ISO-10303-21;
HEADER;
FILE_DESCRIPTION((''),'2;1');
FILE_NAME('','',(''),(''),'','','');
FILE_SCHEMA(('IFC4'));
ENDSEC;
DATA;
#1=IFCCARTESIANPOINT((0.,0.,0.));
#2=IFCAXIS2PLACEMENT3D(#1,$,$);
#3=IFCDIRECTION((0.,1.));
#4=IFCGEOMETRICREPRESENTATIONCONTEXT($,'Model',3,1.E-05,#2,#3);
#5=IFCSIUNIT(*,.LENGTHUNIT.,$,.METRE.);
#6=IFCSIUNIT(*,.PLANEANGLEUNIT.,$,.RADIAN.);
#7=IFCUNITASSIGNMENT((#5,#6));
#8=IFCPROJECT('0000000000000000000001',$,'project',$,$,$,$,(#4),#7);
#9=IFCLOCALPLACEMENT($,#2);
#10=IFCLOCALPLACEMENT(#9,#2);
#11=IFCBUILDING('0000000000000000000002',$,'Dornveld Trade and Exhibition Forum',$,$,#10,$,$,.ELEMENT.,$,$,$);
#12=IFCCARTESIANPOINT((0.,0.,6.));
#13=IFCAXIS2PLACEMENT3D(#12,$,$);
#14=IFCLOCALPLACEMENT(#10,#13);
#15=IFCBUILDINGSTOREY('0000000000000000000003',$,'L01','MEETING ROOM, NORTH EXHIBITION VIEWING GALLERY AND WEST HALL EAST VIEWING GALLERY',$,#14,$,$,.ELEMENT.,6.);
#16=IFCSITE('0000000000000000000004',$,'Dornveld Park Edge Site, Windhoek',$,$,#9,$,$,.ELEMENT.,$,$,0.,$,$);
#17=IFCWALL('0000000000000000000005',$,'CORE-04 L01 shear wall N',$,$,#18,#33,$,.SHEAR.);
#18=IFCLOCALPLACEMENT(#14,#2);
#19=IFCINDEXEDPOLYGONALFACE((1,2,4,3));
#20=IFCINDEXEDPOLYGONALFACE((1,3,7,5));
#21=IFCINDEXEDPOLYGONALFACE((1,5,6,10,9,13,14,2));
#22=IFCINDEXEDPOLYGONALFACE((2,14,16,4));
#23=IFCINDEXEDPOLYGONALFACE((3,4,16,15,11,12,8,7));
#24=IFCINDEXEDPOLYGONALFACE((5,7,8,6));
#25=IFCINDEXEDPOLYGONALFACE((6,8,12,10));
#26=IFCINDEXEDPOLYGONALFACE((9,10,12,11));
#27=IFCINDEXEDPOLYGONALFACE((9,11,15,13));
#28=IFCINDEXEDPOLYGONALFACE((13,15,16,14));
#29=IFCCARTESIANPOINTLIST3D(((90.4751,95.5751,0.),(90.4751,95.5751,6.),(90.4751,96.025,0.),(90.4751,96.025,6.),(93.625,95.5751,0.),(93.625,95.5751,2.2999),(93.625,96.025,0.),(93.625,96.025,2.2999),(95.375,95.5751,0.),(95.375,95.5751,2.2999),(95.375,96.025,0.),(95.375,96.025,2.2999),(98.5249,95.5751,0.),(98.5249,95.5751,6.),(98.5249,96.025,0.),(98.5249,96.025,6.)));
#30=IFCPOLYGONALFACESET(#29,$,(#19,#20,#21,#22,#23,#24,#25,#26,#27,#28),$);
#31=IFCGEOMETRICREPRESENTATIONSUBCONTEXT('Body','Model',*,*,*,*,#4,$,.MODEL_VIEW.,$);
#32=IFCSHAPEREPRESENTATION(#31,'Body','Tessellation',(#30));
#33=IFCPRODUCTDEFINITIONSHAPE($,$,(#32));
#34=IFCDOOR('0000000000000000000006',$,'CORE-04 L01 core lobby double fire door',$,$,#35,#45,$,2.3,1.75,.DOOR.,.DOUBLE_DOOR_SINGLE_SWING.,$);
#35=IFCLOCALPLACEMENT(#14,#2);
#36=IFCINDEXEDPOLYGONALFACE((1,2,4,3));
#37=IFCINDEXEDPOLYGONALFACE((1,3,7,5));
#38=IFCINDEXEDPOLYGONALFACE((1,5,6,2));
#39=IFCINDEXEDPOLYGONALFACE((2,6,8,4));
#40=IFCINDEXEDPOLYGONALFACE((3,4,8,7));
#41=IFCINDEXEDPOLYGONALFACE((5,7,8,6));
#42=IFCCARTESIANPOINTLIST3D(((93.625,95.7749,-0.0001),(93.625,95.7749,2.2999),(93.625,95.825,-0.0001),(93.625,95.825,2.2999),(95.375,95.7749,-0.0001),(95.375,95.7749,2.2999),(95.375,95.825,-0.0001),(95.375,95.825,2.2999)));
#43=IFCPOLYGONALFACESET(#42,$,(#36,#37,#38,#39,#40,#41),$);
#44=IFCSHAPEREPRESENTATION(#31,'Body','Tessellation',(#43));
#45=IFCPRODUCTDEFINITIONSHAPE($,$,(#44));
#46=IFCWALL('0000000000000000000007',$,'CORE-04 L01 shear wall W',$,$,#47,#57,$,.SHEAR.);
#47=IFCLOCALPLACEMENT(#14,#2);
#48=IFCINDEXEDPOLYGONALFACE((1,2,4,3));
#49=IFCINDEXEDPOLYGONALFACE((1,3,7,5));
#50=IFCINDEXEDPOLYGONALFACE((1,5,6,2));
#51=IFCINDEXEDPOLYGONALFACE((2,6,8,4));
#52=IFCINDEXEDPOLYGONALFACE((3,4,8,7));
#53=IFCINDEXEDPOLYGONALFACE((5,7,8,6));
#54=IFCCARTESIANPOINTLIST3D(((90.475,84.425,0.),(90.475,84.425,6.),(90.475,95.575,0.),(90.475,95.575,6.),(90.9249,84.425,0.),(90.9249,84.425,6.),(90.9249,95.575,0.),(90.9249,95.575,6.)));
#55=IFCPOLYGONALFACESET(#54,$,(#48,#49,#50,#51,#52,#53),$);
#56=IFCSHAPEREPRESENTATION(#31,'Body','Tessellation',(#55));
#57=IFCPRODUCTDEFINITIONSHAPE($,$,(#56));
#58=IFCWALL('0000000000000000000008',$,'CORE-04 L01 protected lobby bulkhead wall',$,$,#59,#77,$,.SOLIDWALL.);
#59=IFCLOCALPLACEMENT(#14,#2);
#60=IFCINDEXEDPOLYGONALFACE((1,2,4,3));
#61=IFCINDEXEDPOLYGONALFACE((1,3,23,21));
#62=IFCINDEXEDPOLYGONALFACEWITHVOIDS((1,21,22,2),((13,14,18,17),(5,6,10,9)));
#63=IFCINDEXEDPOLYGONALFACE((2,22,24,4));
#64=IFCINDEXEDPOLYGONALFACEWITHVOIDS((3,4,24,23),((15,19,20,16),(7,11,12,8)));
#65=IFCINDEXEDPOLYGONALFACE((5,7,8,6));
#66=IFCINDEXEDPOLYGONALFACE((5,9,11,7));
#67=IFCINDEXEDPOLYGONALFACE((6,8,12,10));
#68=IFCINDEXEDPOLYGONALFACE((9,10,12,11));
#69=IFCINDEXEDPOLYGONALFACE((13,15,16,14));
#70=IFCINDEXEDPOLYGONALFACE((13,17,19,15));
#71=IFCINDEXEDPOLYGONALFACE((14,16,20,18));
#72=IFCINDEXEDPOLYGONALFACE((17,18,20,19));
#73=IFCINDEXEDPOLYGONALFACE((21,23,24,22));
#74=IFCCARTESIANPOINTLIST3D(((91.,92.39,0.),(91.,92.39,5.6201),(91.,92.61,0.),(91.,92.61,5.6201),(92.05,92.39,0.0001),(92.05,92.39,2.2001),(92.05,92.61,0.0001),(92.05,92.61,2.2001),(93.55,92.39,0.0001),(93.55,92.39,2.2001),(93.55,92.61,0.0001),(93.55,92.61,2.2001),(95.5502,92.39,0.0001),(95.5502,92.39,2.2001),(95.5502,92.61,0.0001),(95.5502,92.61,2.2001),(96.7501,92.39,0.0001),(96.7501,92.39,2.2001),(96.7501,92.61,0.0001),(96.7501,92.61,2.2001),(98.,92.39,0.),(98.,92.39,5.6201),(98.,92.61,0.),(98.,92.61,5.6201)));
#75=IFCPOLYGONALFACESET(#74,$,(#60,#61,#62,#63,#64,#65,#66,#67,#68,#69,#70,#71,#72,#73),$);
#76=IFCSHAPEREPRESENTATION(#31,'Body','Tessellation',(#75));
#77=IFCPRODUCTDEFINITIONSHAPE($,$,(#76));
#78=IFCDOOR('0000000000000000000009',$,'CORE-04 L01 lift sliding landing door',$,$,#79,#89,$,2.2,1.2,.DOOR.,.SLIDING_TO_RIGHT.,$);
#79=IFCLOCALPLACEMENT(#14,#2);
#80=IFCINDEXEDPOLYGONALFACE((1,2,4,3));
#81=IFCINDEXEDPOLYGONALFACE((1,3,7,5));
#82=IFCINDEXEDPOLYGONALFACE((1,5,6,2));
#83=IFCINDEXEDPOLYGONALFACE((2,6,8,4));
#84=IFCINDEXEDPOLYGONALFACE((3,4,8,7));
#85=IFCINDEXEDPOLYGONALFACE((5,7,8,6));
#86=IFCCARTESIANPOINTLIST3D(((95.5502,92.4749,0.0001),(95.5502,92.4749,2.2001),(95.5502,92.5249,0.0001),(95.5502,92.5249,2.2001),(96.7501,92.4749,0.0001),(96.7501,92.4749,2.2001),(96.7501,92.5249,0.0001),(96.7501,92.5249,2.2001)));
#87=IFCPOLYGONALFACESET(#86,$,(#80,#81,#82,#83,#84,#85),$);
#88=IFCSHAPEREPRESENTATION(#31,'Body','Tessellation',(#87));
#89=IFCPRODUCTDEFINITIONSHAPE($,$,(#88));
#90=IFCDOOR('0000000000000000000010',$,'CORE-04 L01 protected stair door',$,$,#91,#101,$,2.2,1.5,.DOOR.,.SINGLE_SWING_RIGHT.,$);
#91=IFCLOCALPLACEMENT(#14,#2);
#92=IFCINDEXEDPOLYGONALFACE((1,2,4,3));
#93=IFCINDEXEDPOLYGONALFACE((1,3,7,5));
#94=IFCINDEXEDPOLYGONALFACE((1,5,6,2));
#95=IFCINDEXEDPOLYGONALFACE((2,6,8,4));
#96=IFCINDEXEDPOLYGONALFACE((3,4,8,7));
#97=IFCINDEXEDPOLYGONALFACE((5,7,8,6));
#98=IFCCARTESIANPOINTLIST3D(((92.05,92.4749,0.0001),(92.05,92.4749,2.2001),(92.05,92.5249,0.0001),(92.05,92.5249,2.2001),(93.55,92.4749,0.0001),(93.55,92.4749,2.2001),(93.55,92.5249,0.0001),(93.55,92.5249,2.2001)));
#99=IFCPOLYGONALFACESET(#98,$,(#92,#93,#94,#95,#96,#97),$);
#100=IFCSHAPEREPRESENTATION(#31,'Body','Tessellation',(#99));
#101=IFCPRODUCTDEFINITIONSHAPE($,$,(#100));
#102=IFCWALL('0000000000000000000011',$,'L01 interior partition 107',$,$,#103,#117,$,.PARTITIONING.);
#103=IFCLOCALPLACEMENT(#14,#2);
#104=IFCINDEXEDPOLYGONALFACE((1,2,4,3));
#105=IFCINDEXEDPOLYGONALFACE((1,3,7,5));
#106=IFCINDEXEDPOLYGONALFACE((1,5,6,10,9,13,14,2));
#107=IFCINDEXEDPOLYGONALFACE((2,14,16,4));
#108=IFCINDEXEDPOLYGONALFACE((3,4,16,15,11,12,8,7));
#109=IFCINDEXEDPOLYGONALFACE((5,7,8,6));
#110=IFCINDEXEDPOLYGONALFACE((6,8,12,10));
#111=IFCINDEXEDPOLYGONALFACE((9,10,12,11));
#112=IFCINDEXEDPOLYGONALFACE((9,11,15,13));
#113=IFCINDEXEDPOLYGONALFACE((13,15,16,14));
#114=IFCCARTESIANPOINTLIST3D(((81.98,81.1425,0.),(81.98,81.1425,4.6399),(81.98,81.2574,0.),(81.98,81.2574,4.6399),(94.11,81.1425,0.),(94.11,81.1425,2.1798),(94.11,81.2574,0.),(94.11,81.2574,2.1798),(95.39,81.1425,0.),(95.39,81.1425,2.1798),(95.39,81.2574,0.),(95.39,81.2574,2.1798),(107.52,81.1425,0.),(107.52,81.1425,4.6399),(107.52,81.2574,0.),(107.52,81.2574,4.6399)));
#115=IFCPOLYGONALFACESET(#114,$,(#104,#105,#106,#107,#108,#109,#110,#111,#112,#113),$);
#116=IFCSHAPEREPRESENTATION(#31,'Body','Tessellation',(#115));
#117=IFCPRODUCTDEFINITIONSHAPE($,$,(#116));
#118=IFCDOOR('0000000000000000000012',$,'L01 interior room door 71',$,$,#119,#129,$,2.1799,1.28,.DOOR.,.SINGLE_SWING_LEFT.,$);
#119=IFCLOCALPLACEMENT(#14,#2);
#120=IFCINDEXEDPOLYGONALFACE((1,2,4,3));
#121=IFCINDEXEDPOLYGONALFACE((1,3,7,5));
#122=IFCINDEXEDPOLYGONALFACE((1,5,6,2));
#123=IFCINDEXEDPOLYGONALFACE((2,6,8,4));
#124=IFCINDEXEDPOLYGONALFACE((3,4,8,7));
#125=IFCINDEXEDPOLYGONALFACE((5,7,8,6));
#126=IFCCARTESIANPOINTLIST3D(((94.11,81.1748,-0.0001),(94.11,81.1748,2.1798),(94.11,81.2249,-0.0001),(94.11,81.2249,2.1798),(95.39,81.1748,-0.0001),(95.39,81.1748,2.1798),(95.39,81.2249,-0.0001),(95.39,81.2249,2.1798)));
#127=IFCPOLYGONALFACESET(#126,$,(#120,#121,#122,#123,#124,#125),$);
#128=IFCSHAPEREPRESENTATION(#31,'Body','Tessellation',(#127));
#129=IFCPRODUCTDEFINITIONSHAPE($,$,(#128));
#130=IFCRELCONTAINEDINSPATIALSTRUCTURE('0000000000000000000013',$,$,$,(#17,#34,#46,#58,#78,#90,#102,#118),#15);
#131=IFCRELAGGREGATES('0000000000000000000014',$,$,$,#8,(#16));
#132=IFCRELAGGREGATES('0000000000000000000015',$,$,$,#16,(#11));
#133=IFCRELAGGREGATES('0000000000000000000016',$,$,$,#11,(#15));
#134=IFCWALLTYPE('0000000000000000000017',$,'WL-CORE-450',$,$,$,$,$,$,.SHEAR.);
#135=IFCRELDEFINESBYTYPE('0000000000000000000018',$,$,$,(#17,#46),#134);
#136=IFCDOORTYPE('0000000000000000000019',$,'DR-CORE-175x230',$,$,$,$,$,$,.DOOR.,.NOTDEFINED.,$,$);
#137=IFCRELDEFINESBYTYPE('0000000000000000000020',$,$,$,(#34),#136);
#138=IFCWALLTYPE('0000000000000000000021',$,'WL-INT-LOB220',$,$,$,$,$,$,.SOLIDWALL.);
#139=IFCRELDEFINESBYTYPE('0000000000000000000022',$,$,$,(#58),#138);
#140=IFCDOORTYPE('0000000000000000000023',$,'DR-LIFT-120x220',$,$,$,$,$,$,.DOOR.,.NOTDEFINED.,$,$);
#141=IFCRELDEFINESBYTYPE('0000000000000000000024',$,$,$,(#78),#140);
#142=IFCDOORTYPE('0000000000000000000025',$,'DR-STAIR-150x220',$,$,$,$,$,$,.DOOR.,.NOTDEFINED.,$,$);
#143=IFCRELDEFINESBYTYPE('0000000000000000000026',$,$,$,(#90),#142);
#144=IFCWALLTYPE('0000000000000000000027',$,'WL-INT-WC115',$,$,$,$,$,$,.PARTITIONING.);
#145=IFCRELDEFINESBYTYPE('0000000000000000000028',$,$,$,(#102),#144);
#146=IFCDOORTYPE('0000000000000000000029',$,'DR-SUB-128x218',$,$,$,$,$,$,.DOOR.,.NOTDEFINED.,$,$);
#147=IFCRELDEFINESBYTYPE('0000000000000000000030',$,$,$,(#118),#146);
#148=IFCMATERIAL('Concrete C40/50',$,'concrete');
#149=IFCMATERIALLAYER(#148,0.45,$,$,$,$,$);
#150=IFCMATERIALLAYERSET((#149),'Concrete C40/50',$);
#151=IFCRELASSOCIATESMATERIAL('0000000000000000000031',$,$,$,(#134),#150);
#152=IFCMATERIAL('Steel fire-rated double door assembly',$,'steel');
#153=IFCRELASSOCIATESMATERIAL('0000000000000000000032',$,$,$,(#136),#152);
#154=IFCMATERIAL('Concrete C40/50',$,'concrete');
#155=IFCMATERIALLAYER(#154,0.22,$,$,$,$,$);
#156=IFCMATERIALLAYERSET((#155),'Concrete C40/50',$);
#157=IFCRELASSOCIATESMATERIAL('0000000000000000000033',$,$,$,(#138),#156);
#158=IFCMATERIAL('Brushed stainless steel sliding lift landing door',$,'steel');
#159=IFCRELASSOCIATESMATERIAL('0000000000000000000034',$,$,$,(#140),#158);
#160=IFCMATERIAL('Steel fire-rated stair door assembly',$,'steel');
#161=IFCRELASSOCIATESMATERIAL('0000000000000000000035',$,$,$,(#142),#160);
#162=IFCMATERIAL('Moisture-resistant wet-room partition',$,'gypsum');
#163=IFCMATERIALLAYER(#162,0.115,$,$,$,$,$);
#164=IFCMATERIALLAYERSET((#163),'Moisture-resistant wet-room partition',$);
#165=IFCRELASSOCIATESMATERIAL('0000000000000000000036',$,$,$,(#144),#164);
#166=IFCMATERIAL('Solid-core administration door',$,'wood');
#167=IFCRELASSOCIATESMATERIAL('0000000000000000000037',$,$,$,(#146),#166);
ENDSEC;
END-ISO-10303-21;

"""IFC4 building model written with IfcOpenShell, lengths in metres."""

from ifc_helpers import new_model, si_unit, direction, frame, frame_2d, origin, place, context, subcontext, project, spatial, rectangle, extrude, material, layer, layer_set, type_object, element, fill, save


model = new_model("IFC4")

# Units and contexts
model_context = context("Model", 3, precision=1e-05, world=origin(), true_north=direction((0.0, 1.0)))
body_context = subcontext(model_context, "Body", "Model", "MODEL_VIEW")
ifc_project = project(units=[si_unit("LENGTHUNIT", "METRE"), si_unit("PLANEANGLEUNIT", "RADIAN")], contexts=[model_context])

# Site, building, storey
site_placement = place(None, origin())
site = spatial("IfcSite", under=ifc_project, at=site_placement, Name="Dornveld Park Edge Site, Windhoek", CompositionType="ELEMENT", RefElevation=0.0)
building_placement = place(site_placement, origin())
building = spatial("IfcBuilding", under=site, at=building_placement, Name="Dornveld Trade and Exhibition Forum", CompositionType="ELEMENT")
storey_placement = place(building_placement, frame((0.0, 0.0, 6.0)))
storey = spatial("IfcBuildingStorey", under=building, at=storey_placement, Name="L01", Description="MEETING ROOM, NORTH EXHIBITION VIEWING GALLERY AND WEST HALL EAST VIEWING GALLERY", CompositionType="ELEMENT", Elevation=6.0)

# Shared definitions
ifc_material_1 = material(Name="Concrete C40/50", Category="concrete")
ifc_layer_1 = layer(ifc_material_1, 0.45)
ifc_layer_set_1 = layer_set([ifc_layer_1], Name="Concrete C40/50")
wall_type_1 = type_object("IfcWallType", Name="WL-CORE-450", PredefinedType="SHEAR", material=ifc_layer_set_1)

# Wall, opening, door
wall_1_placement = place(storey_placement, frame((90.4751, 95.8, 0.0), z_axis=(0.0, 0.0, 1.0), x_axis=(1.0, 0.0, 0.0)))
wall_1 = element("IfcWall", 1, at=wall_1_placement, inside=storey, type_object=wall_type_1, Name="CORE-04 L01 shear wall N", PredefinedType="SHEAR", context=body_context, shape_type="SweptSolid", body=[
    extrude(rectangle(XDim=8.0498, YDim=0.45, at=frame_2d((4.0249, 0.0))), origin(), (0.0, 0.0, 1.0), 6.0),
])
opening_1_placement = place(wall_1_placement, frame((3.1499, 0.0, 0.0)))
opening_1 = element("IfcOpeningElement", 2, at=opening_1_placement, cuts=wall_1, PredefinedType="OPENING", context=body_context, shape_type="SweptSolid", body=[
    extrude(rectangle(XDim=1.75, YDim=2.3, at=frame_2d((0.875, 1.1499))), frame((0.0, 0.2349, 0.0), z_axis=(0.0, -1.0, 0.0), x_axis=(1.0, 0.0, 0.0)), (0.0, 0.0, 1.0), 0.47),
])
ifc_material_2 = material(Name="Steel fire-rated double door assembly", Category="steel")
door_type_1 = type_object("IfcDoorType", Name="DR-CORE-175x230", OperationType="NOTDEFINED", PredefinedType="DOOR", material=ifc_material_2)
door_1_placement = place(opening_1_placement, origin())
door_1 = element("IfcDoor", 3, at=door_1_placement, inside=storey, type_object=door_type_1, Name="CORE-04 L01 core lobby double fire door", OperationType="DOUBLE_DOOR_SINGLE_SWING", OverallHeight=2.3, OverallWidth=1.75, PredefinedType="DOOR", context=body_context, shape_type="SweptSolid", body=[
    extrude(rectangle(XDim=1.75, YDim=2.3, at=frame_2d((0.875, 1.1499))), frame((0.0, 0.0249, 0.0), z_axis=(0.0, -1.0, 0.0), x_axis=(1.0, 0.0, 0.0)), (0.0, 0.0, 1.0), 0.05),
])
fill(opening_1, door_1)

# Wall
wall_2_placement = place(storey_placement, frame((90.7, 84.425, 0.0), z_axis=(0.0, 0.0, 1.0), x_axis=(0.0, 1.0, 0.0)))
element("IfcWall", 4, at=wall_2_placement, inside=storey, type_object=wall_type_1, Name="CORE-04 L01 shear wall W", PredefinedType="SHEAR", context=body_context, shape_type="SweptSolid", body=[
    extrude(rectangle(XDim=11.1499, YDim=0.45, at=frame_2d((5.575, 0.0))), origin(), (0.0, 0.0, 1.0), 6.0),
])

# Wall, openings, doors
ifc_material_3 = material(Name="Concrete C40/50", Category="concrete")
ifc_layer_2 = layer(ifc_material_3, 0.22)
ifc_layer_set_2 = layer_set([ifc_layer_2], Name="Concrete C40/50")
wall_type_2 = type_object("IfcWallType", Name="WL-INT-LOB220", PredefinedType="SOLIDWALL", material=ifc_layer_set_2)
wall_3_placement = place(storey_placement, frame((91.0, 92.5, 0.0), z_axis=(0.0, 0.0, 1.0), x_axis=(1.0, 0.0, 0.0)))
wall_3 = element("IfcWall", 5, at=wall_3_placement, inside=storey, type_object=wall_type_2, Name="CORE-04 L01 protected lobby bulkhead wall", PredefinedType="SOLIDWALL", context=body_context, shape_type="SweptSolid", body=[
    extrude(rectangle(XDim=7.0, YDim=0.22, at=frame_2d((3.5, 0.0))), origin(), (0.0, 0.0, 1.0), 5.6201),
])
opening_2_placement = place(wall_3_placement, frame((1.05, 0.0, 0.0)))
opening_2 = element("IfcOpeningElement", 6, at=opening_2_placement, cuts=wall_3, PredefinedType="OPENING", context=body_context, shape_type="SweptSolid", body=[
    extrude(rectangle(XDim=1.5, YDim=2.2, at=frame_2d((0.75, 1.1001))), frame((0.0, 0.1199, 0.0), z_axis=(0.0, -1.0, 0.0), x_axis=(1.0, 0.0, 0.0)), (0.0, 0.0, 1.0), 0.24),
])
opening_3_placement = place(wall_3_placement, frame((4.55, 0.0, 0.0)))
opening_3 = element("IfcOpeningElement", 7, at=opening_3_placement, cuts=wall_3, PredefinedType="OPENING", context=body_context, shape_type="SweptSolid", body=[
    extrude(rectangle(XDim=1.2, YDim=2.2, at=frame_2d((0.6001, 1.1001))), frame((0.0, 0.1199, 0.0), z_axis=(0.0, -1.0, 0.0), x_axis=(1.0, 0.0, 0.0)), (0.0, 0.0, 1.0), 0.24),
])
ifc_material_4 = material(Name="Brushed stainless steel sliding lift landing door", Category="steel")
door_type_2 = type_object("IfcDoorType", Name="DR-LIFT-120x220", OperationType="NOTDEFINED", PredefinedType="DOOR", material=ifc_material_4)
door_2_placement = place(opening_3_placement, origin())
door_2 = element("IfcDoor", 8, at=door_2_placement, inside=storey, type_object=door_type_2, Name="CORE-04 L01 lift sliding landing door", OperationType="SLIDING_TO_RIGHT", OverallHeight=2.2, OverallWidth=1.2, PredefinedType="DOOR", context=body_context, shape_type="SweptSolid", body=[
    extrude(rectangle(XDim=1.2, YDim=2.2, at=frame_2d((0.6001, 1.1001))), frame((0.0, 0.0249, 0.0), z_axis=(0.0, -1.0, 0.0), x_axis=(1.0, 0.0, 0.0)), (0.0, 0.0, 1.0), 0.05),
])
fill(opening_3, door_2)
ifc_material_5 = material(Name="Steel fire-rated stair door assembly", Category="steel")
door_type_3 = type_object("IfcDoorType", Name="DR-STAIR-150x220", OperationType="NOTDEFINED", PredefinedType="DOOR", material=ifc_material_5)
door_3_placement = place(opening_2_placement, origin())
door_3 = element("IfcDoor", 9, at=door_3_placement, inside=storey, type_object=door_type_3, Name="CORE-04 L01 protected stair door", OperationType="SINGLE_SWING_RIGHT", OverallHeight=2.2, OverallWidth=1.5, PredefinedType="DOOR", context=body_context, shape_type="SweptSolid", body=[
    extrude(rectangle(XDim=1.5, YDim=2.2, at=frame_2d((0.75, 1.1001))), frame((0.0, 0.0249, 0.0), z_axis=(0.0, -1.0, 0.0), x_axis=(1.0, 0.0, 0.0)), (0.0, 0.0, 1.0), 0.05),
])
fill(opening_2, door_3)

# Wall, opening, door
ifc_material_6 = material(Name="Moisture-resistant wet-room partition", Category="gypsum")
ifc_layer_3 = layer(ifc_material_6, 0.115)
ifc_layer_set_3 = layer_set([ifc_layer_3], Name="Moisture-resistant wet-room partition")
wall_type_3 = type_object("IfcWallType", Name="WL-INT-WC115", PredefinedType="PARTITIONING", material=ifc_layer_set_3)
wall_4_placement = place(storey_placement, frame((81.98, 81.2, 0.0), z_axis=(0.0, 0.0, 1.0), x_axis=(1.0, 0.0, 0.0)))
wall_4 = element("IfcWall", 10, at=wall_4_placement, inside=storey, type_object=wall_type_3, Name="L01 interior partition 107", PredefinedType="PARTITIONING", context=body_context, shape_type="SweptSolid", body=[
    extrude(rectangle(XDim=25.54, YDim=0.115, at=frame_2d((12.77, 0.0))), origin(), (0.0, 0.0, 1.0), 4.6399),
])
opening_4_placement = place(wall_4_placement, frame((12.1299, 0.0, 0.0)))
opening_4 = element("IfcOpeningElement", 11, at=opening_4_placement, cuts=wall_4, PredefinedType="OPENING", context=body_context, shape_type="SweptSolid", body=[
    extrude(rectangle(XDim=1.28, YDim=2.1799, at=frame_2d((0.6401, 1.0898))), frame((0.0, 0.0674, 0.0), z_axis=(0.0, -1.0, 0.0), x_axis=(1.0, 0.0, 0.0)), (0.0, 0.0, 1.0), 0.135),
])
ifc_material_7 = material(Name="Solid-core administration door", Category="wood")
door_type_4 = type_object("IfcDoorType", Name="DR-SUB-128x218", OperationType="NOTDEFINED", PredefinedType="DOOR", material=ifc_material_7)
door_4_placement = place(opening_4_placement, origin())
door_4 = element("IfcDoor", 12, at=door_4_placement, inside=storey, type_object=door_type_4, Name="L01 interior room door 71", OperationType="SINGLE_SWING_LEFT", OverallHeight=2.1799, OverallWidth=1.28, PredefinedType="DOOR", context=body_context, shape_type="SweptSolid", body=[
    extrude(rectangle(XDim=1.28, YDim=2.1799, at=frame_2d((0.6401, 1.0898))), frame((0.0, 0.0249, 0.0), z_axis=(0.0, -1.0, 0.0), x_axis=(1.0, 0.0, 0.0)), (0.0, 0.0, 1.0), 0.05),
])
fill(opening_4, door_4)

save(model, "model.ifc")
